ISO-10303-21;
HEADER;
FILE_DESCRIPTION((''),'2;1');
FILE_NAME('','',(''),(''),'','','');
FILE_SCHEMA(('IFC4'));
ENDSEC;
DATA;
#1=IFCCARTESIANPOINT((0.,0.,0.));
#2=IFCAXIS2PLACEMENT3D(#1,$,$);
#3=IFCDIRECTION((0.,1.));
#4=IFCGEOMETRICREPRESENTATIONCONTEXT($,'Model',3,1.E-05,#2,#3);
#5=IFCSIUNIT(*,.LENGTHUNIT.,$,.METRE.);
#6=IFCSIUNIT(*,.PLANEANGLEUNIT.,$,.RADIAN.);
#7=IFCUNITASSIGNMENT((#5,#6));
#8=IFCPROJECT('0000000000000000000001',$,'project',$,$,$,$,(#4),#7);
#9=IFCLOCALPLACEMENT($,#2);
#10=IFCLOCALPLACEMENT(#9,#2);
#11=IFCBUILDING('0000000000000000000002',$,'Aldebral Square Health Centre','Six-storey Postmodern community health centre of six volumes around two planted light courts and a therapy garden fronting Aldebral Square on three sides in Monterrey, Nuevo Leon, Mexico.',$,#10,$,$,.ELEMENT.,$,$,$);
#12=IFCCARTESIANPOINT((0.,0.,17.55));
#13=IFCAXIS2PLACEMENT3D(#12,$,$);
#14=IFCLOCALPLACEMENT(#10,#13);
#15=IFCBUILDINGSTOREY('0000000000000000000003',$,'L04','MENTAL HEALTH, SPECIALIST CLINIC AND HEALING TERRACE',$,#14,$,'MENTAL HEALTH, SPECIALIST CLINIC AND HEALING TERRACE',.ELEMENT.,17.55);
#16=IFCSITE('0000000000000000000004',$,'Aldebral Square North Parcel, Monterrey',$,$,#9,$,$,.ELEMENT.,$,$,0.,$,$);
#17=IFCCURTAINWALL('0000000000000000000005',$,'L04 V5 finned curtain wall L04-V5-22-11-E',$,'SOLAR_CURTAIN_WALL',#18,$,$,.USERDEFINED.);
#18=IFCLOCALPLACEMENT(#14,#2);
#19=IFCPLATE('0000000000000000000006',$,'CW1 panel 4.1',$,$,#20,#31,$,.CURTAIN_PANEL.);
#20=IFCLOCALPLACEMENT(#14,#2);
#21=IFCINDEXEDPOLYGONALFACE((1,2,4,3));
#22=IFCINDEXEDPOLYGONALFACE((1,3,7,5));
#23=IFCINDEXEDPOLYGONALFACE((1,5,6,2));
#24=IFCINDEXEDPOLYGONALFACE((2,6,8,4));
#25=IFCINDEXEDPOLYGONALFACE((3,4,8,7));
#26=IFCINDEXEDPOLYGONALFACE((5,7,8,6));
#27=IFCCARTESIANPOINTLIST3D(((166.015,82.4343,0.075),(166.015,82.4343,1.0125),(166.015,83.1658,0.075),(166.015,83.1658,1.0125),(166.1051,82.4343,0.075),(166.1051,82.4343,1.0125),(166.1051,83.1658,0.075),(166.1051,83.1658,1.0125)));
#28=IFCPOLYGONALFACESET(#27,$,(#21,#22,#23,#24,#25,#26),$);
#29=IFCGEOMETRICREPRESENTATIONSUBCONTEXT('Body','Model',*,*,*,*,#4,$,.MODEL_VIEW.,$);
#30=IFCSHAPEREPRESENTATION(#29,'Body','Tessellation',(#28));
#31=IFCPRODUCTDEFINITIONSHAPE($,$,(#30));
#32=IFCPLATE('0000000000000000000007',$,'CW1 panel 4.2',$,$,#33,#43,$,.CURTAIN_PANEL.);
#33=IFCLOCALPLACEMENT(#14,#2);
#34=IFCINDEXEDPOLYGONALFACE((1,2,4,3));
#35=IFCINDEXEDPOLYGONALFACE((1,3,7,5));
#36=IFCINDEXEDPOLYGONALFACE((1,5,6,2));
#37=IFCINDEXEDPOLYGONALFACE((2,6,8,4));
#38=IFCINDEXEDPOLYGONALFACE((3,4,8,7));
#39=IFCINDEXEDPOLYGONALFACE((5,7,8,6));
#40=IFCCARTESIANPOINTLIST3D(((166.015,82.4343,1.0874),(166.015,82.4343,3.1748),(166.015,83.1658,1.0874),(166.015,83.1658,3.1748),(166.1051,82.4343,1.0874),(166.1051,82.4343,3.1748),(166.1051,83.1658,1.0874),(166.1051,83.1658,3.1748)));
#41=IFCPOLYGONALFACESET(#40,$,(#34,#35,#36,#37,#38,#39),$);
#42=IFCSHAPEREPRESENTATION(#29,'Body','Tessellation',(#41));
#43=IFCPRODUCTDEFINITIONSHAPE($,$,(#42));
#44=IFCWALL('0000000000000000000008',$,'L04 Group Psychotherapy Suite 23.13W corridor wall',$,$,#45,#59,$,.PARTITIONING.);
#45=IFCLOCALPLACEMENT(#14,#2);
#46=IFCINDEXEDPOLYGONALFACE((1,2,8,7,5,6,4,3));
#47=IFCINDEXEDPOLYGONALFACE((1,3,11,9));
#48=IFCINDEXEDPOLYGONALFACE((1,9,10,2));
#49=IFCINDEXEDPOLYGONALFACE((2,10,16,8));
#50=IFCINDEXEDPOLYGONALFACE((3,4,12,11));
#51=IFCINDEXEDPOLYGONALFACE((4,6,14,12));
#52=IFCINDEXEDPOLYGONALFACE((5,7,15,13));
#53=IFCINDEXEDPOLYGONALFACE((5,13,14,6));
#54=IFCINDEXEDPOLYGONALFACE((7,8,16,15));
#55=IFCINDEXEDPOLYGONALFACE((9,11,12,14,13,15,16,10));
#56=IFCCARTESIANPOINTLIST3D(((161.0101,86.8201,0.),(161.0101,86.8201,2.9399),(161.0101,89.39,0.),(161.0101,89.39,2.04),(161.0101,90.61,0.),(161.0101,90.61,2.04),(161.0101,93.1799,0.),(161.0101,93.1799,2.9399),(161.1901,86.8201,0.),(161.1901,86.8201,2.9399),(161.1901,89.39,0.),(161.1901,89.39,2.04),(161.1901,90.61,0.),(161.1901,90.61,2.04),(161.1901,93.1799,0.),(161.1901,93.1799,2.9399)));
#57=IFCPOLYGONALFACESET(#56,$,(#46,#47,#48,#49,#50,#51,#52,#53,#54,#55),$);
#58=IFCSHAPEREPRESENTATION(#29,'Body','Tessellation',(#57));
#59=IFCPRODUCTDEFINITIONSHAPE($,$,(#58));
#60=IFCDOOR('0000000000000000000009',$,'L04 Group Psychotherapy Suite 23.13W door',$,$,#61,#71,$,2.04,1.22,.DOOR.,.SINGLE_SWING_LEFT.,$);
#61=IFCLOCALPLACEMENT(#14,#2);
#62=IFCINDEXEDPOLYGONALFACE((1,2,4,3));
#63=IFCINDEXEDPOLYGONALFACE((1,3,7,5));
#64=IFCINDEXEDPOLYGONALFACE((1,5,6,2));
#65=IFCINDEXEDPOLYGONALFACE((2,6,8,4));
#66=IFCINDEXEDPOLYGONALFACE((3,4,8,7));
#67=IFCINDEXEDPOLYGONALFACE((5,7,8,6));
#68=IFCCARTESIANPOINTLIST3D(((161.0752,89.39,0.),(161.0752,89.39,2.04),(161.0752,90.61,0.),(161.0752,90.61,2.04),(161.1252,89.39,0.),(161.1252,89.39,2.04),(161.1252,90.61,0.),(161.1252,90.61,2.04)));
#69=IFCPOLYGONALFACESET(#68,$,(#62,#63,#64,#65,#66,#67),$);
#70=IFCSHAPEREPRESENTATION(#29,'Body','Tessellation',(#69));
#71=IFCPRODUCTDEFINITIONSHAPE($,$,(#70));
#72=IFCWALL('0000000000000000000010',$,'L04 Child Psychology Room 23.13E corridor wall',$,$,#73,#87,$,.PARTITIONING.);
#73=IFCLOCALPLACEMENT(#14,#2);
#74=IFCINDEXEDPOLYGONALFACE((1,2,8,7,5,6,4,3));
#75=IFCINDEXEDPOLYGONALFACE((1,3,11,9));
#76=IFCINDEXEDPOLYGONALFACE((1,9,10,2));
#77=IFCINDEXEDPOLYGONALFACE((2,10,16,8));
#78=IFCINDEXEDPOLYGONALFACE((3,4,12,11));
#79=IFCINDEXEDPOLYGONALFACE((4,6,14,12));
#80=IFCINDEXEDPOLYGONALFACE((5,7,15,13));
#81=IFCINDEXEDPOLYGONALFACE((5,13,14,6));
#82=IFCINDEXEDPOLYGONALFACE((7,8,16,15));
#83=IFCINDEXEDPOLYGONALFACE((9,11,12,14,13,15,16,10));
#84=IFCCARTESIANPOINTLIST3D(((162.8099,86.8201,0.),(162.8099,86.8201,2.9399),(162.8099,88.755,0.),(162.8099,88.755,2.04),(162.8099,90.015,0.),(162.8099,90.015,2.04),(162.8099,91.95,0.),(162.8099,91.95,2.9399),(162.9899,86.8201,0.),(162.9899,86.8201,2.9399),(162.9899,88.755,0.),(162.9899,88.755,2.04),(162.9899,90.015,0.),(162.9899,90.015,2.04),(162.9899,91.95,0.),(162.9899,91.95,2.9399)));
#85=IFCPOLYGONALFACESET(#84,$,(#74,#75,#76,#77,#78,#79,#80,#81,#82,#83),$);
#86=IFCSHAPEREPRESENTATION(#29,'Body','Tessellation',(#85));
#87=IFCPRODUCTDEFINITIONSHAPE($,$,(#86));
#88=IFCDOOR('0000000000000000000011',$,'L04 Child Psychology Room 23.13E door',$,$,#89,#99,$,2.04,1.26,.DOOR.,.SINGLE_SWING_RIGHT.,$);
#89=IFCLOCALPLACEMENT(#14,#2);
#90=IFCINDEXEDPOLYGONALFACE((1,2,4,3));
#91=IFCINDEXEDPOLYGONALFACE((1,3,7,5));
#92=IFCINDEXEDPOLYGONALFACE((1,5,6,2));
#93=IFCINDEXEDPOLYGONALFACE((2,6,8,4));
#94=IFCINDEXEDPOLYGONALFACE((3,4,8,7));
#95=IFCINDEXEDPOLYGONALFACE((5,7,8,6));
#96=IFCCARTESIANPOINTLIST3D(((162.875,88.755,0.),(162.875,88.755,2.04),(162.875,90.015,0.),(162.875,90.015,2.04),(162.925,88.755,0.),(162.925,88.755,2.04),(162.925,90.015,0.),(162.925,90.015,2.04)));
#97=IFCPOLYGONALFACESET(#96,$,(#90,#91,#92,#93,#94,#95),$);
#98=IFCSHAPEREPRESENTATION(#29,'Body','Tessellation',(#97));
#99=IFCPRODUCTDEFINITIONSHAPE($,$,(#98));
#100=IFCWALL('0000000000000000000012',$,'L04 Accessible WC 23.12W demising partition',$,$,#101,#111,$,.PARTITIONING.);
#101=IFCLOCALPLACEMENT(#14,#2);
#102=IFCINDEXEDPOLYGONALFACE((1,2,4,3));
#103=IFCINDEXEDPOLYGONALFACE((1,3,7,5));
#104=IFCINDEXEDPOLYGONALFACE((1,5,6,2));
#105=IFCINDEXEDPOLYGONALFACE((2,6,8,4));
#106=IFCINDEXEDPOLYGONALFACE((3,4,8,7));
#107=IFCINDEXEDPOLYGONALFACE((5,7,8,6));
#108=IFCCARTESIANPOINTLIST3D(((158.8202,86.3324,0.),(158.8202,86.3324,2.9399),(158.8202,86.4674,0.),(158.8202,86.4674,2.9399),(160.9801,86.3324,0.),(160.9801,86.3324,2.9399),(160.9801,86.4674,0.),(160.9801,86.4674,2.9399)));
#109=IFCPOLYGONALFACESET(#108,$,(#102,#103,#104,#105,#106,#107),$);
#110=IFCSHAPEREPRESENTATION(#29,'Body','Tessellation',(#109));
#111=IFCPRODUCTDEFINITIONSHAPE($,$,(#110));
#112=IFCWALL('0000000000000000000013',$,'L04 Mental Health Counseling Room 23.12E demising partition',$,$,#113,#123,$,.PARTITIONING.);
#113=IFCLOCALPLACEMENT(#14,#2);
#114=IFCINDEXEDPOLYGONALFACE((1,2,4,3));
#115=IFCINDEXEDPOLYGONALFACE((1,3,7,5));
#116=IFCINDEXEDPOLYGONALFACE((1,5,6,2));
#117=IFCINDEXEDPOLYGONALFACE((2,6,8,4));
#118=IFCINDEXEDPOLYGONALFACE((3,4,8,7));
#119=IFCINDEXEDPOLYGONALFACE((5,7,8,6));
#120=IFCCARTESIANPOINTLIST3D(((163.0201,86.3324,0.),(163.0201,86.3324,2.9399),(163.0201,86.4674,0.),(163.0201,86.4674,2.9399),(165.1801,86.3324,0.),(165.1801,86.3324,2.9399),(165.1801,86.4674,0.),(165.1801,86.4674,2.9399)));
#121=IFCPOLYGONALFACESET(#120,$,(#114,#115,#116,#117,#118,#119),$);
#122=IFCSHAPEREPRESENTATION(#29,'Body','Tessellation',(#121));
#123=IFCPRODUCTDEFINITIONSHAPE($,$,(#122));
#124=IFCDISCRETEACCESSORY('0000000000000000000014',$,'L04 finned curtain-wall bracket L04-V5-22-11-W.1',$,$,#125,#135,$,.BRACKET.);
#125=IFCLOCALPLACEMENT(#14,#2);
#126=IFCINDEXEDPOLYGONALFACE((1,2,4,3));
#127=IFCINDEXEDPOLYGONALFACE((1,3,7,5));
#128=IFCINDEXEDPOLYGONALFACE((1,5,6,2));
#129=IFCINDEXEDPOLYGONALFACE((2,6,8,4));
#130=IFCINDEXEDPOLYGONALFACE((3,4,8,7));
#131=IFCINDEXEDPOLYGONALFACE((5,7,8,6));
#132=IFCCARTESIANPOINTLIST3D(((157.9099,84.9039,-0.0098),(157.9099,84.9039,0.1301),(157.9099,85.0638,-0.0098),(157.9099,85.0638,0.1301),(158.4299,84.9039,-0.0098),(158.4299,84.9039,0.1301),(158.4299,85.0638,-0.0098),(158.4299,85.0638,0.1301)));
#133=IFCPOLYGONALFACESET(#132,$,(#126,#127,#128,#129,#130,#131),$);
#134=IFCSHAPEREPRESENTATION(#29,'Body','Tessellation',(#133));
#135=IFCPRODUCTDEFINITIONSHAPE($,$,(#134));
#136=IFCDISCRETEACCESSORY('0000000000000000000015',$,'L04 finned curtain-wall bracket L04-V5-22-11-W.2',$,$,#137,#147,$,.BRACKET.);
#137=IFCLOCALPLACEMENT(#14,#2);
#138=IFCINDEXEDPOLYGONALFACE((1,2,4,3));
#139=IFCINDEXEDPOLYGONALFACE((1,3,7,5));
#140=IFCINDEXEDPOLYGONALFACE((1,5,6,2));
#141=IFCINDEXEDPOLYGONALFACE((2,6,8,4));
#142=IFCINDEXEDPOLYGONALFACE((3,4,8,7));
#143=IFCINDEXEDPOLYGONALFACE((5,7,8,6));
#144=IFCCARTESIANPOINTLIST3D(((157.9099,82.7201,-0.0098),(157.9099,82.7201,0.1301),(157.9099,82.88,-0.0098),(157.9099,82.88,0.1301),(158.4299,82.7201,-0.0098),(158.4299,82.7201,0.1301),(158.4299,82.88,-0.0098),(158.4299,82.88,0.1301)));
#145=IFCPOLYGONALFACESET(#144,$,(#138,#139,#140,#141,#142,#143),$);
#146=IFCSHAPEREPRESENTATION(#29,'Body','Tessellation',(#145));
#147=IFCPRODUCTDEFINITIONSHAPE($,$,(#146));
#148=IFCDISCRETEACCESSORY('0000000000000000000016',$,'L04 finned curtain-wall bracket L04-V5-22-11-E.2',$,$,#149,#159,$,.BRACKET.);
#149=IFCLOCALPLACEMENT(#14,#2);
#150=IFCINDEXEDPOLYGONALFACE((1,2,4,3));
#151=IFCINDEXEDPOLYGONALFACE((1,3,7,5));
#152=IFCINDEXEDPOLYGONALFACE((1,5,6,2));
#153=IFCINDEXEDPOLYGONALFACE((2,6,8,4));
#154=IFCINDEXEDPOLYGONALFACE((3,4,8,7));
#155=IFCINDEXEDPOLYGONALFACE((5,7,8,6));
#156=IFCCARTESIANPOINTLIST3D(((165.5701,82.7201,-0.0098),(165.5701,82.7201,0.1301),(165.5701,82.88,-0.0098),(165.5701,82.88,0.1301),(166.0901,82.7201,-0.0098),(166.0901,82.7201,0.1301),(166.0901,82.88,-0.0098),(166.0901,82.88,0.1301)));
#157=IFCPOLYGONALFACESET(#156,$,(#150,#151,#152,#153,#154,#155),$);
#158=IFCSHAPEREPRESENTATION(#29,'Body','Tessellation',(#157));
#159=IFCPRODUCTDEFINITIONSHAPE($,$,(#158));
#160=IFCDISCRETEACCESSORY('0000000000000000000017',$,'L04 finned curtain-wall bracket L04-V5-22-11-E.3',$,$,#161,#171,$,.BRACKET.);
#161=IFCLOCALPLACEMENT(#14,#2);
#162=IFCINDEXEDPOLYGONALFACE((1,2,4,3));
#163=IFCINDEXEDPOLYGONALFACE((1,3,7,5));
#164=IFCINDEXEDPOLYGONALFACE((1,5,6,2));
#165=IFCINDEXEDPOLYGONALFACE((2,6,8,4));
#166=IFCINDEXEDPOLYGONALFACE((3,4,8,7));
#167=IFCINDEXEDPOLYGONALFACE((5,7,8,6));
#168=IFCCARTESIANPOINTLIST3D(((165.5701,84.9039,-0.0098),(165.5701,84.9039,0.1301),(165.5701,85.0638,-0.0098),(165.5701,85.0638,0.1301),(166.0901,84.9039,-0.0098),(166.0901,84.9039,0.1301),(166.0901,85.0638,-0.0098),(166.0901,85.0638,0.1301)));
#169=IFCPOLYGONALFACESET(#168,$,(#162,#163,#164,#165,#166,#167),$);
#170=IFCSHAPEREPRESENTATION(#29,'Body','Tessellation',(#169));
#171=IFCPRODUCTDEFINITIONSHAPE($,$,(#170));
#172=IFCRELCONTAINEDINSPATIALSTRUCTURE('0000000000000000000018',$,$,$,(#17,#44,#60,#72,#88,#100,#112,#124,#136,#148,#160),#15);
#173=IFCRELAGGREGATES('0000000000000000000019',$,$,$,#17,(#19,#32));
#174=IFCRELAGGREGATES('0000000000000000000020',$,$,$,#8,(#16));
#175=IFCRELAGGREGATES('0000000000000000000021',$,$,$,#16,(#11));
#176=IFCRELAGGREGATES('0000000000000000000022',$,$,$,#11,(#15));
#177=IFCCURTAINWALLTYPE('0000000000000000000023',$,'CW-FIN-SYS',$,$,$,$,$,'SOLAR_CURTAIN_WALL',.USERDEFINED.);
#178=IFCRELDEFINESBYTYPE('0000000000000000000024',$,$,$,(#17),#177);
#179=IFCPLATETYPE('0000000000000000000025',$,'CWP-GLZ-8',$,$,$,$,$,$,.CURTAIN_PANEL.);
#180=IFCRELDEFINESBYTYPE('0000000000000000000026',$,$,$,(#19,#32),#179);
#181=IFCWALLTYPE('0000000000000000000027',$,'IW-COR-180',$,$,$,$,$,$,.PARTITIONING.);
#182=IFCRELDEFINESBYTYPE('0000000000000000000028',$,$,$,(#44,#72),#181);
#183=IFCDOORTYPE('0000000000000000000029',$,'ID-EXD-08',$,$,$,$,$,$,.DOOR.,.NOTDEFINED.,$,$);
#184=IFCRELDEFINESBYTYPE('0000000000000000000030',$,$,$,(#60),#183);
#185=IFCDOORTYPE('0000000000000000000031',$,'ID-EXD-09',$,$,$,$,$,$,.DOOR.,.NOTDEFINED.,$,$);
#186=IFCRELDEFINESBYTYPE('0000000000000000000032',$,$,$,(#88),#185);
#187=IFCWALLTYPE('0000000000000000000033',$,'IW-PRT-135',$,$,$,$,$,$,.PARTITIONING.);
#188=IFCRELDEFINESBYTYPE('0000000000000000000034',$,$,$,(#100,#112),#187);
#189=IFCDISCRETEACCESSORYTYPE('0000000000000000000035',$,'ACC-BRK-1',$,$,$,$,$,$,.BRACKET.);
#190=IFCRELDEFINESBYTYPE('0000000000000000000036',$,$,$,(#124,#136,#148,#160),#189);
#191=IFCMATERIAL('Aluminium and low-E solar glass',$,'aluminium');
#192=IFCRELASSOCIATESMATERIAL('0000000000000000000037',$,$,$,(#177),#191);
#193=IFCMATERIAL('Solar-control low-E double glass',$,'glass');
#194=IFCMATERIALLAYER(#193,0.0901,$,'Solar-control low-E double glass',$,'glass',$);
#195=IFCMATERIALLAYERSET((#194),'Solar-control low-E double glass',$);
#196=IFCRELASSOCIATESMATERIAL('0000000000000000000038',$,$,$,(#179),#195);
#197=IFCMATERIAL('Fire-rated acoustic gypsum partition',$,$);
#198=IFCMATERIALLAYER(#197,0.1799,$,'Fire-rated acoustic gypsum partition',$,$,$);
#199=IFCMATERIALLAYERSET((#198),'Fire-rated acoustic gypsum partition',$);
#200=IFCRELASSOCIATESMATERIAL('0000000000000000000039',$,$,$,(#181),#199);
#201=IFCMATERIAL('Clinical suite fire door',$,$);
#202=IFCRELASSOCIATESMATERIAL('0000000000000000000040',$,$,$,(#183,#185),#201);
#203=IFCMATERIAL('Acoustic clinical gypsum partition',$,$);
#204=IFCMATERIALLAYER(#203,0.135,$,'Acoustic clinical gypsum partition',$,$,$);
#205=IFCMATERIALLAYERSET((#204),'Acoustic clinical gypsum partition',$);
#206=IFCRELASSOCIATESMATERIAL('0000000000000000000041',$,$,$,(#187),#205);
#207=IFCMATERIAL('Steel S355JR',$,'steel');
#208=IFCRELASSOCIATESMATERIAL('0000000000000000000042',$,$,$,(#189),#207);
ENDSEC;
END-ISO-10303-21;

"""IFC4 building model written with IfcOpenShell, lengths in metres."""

from ifc_helpers import new_model, si_unit, direction, frame, frame_2d, origin, origin_2d, place, context, subcontext, project, spatial, rectangle, extrude, material, layer, layer_set, type_object, element, fill, aggregate, save


model = new_model("IFC4")

# Units and contexts
model_context = context("Model", 3, precision=1e-05, world=origin(), true_north=direction((0.0, 1.0)))
body_context = subcontext(model_context, "Body", "Model", "MODEL_VIEW")
ifc_project = project(units=[si_unit("LENGTHUNIT", "METRE"), si_unit("PLANEANGLEUNIT", "RADIAN")], contexts=[model_context])

# Site, building, storey
site_placement = place(None, origin())
site = spatial("IfcSite", under=ifc_project, at=site_placement, Name="Aldebral Square North Parcel, Monterrey", CompositionType="ELEMENT", RefElevation=0.0)
building_placement = place(site_placement, origin())
building = spatial("IfcBuilding", under=site, at=building_placement, Name="Aldebral Square Health Centre", Description="Six-storey Postmodern community health centre of six volumes around two planted light courts and a therapy garden fronting Aldebral Square on three sides in Monterrey, Nuevo Leon, Mexico.", CompositionType="ELEMENT")
storey_placement = place(building_placement, frame((0.0, 0.0, 17.55)))
storey = spatial("IfcBuildingStorey", under=building, at=storey_placement, Name="L04", Description="MENTAL HEALTH, SPECIALIST CLINIC AND HEALING TERRACE", LongName="MENTAL HEALTH, SPECIALIST CLINIC AND HEALING TERRACE", CompositionType="ELEMENT", Elevation=17.55)

# Curtain wall, plates
ifc_material_1 = material(Name="Aluminium and low-E solar glass", Category="aluminium")
curtain_wall_type = type_object("IfcCurtainWallType", Name="CW-FIN-SYS", ElementType="SOLAR_CURTAIN_WALL", PredefinedType="USERDEFINED", material=ifc_material_1)
curtain_wall_placement = place(storey_placement, origin())
curtain_wall = element("IfcCurtainWall", 1, at=curtain_wall_placement, inside=storey, type_object=curtain_wall_type, Name="L04 V5 finned curtain wall L04-V5-22-11-E", ObjectType="SOLAR_CURTAIN_WALL", PredefinedType="USERDEFINED")
ifc_material_2 = material(Name="Solar-control low-E double glass", Category="glass")
ifc_layer_1 = layer(ifc_material_2, 0.0901, Name="Solar-control low-E double glass", Category="glass")
ifc_layer_set_1 = layer_set([ifc_layer_1], Name="Solar-control low-E double glass")
plate_type = type_object("IfcPlateType", Name="CWP-GLZ-8", PredefinedType="CURTAIN_PANEL", material=ifc_layer_set_1)
plate_1_placement = place(storey_placement, frame((166.0601, 82.8, 0.075), z_axis=(0.0, 0.0, 1.0), x_axis=(0.0, 1.0, 0.0)))
plate_1 = element("IfcPlate", 2, at=plate_1_placement, type_object=plate_type, Name="CW1 panel 4.1", PredefinedType="CURTAIN_PANEL", context=body_context, shape_type="SweptSolid", body=[
    extrude(rectangle(XDim=0.7314, YDim=0.0901, at=origin_2d()), origin(), (0.0, 0.0, 1.0), 0.9375),
])
plate_2_placement = place(storey_placement, frame((166.0601, 82.8, 1.0874), z_axis=(0.0, 0.0, 1.0), x_axis=(0.0, 1.0, 0.0)))
plate_2 = element("IfcPlate", 3, at=plate_2_placement, type_object=plate_type, Name="CW1 panel 4.2", PredefinedType="CURTAIN_PANEL", context=body_context, shape_type="SweptSolid", body=[
    extrude(rectangle(XDim=0.7314, YDim=0.0901, at=origin_2d()), origin(), (0.0, 0.0, 1.0), 2.0874),
])
aggregate(curtain_wall, [plate_1, plate_2])

# Walls, openings, doors
ifc_material_3 = material(Name="Fire-rated acoustic gypsum partition")
ifc_layer_2 = layer(ifc_material_3, 0.1799, Name="Fire-rated acoustic gypsum partition")
ifc_layer_set_2 = layer_set([ifc_layer_2], Name="Fire-rated acoustic gypsum partition")
wall_type_1 = type_object("IfcWallType", Name="IW-COR-180", PredefinedType="PARTITIONING", material=ifc_layer_set_2)
wall_1_placement = place(storey_placement, frame((161.1001, 86.8201, 0.0), z_axis=(0.0, 0.0, 1.0), x_axis=(0.0, 1.0, 0.0)))
wall_1 = element("IfcWall", 4, at=wall_1_placement, inside=storey, type_object=wall_type_1, Name="L04 Group Psychotherapy Suite 23.13W corridor wall", PredefinedType="PARTITIONING", context=body_context, shape_type="SweptSolid", body=[
    extrude(rectangle(XDim=6.3599, YDim=0.1799, at=frame_2d((3.1799, 0.0))), origin(), (0.0, 0.0, 1.0), 2.9399),
])
opening_1_placement = place(wall_1_placement, frame((2.5701, 0.0, 0.0)))
opening_1 = element("IfcOpeningElement", 5, at=opening_1_placement, cuts=wall_1, PredefinedType="OPENING", context=body_context, shape_type="SweptSolid", body=[
    extrude(rectangle(XDim=1.22, YDim=2.04, at=frame_2d((0.6099, 1.02))), frame((0.0, 0.1001, 0.0), z_axis=(0.0, -1.0, 0.0), x_axis=(1.0, 0.0, 0.0)), (0.0, 0.0, 1.0), 0.2),
])
ifc_material_4 = material(Name="Clinical suite fire door")
door_type_1 = type_object("IfcDoorType", Name="ID-EXD-08", OperationType="NOTDEFINED", PredefinedType="DOOR", material=ifc_material_4)
door_1_placement = place(opening_1_placement, origin())
door_1 = element("IfcDoor", 6, at=door_1_placement, inside=storey, type_object=door_type_1, Name="L04 Group Psychotherapy Suite 23.13W door", OperationType="SINGLE_SWING_LEFT", OverallHeight=2.04, OverallWidth=1.22, PredefinedType="DOOR", context=body_context, shape_type="SweptSolid", body=[
    extrude(rectangle(XDim=1.22, YDim=2.04, at=frame_2d((0.6099, 1.02))), frame((0.0, 0.0249, 0.0), z_axis=(0.0, -1.0, 0.0), x_axis=(1.0, 0.0, 0.0)), (0.0, 0.0, 1.0), 0.05),
])
fill(opening_1, door_1)
wall_2_placement = place(storey_placement, frame((162.8999, 86.8201, 0.0), z_axis=(0.0, 0.0, 1.0), x_axis=(0.0, 1.0, 0.0)))
wall_2 = element("IfcWall", 7, at=wall_2_placement, inside=storey, type_object=wall_type_1, Name="L04 Child Psychology Room 23.13E corridor wall", PredefinedType="PARTITIONING", context=body_context, shape_type="SweptSolid", body=[
    extrude(rectangle(XDim=5.1299, YDim=0.1799, at=frame_2d((2.5649, 0.0))), origin(), (0.0, 0.0, 1.0), 2.9399),
])
opening_2_placement = place(wall_2_placement, frame((1.9351, 0.0, 0.0)))
opening_2 = element("IfcOpeningElement", 8, at=opening_2_placement, cuts=wall_2, PredefinedType="OPENING", context=body_context, shape_type="SweptSolid", body=[
    extrude(rectangle(XDim=1.26, YDim=2.04, at=frame_2d((0.6299, 1.02))), frame((0.0, 0.1001, 0.0), z_axis=(0.0, -1.0, 0.0), x_axis=(1.0, 0.0, 0.0)), (0.0, 0.0, 1.0), 0.2),
])
door_type_2 = type_object("IfcDoorType", Name="ID-EXD-09", OperationType="NOTDEFINED", PredefinedType="DOOR", material=ifc_material_4)
door_2_placement = place(opening_2_placement, origin())
door_2 = element("IfcDoor", 9, at=door_2_placement, inside=storey, type_object=door_type_2, Name="L04 Child Psychology Room 23.13E door", OperationType="SINGLE_SWING_RIGHT", OverallHeight=2.04, OverallWidth=1.26, PredefinedType="DOOR", context=body_context, shape_type="SweptSolid", body=[
    extrude(rectangle(XDim=1.26, YDim=2.04, at=frame_2d((0.6299, 1.02))), frame((0.0, 0.0249, 0.0), z_axis=(0.0, -1.0, 0.0), x_axis=(1.0, 0.0, 0.0)), (0.0, 0.0, 1.0), 0.05),
])
fill(opening_2, door_2)

# Walls
ifc_material_5 = material(Name="Acoustic clinical gypsum partition")
ifc_layer_3 = layer(ifc_material_5, 0.135, Name="Acoustic clinical gypsum partition")
ifc_layer_set_3 = layer_set([ifc_layer_3], Name="Acoustic clinical gypsum partition")
wall_type_2 = type_object("IfcWallType", Name="IW-PRT-135", PredefinedType="PARTITIONING", material=ifc_layer_set_3)
for number, where, z_axis, x_axis, name in (
    (10, (158.8201, 86.3999, 0.0), (0.0, 0.0, 1.0), (1.0, 0.0, 0.0), "L04 Accessible WC 23.12W demising partition"),
    (11, (163.02, 86.3999, 0.0), (0.0, 0.0, 1.0), (1.0, 0.0, 0.0), "L04 Mental Health Counseling Room 23.12E demising partition"),
):
    element("IfcWall", number, at=place(storey_placement, frame(where, z_axis=z_axis, x_axis=x_axis)), inside=storey, type_object=wall_type_2, Name=name, PredefinedType="PARTITIONING", context=body_context, shape_type="SweptSolid", body=[
        extrude(rectangle(XDim=2.1599, YDim=0.135, at=frame_2d((1.0801, 0.0))), origin(), (0.0, 0.0, 1.0), 2.9399),
    ])

# Discrete accessories
ifc_material_6 = material(Name="Steel S355JR", Category="steel")
discrete_accessory_type = type_object("IfcDiscreteAccessoryType", Name="ACC-BRK-1", PredefinedType="BRACKET", material=ifc_material_6)
for number, where, z_axis, x_axis, name in (
    (12, (158.1699, 84.9839, -0.0098), (0.0, 0.0, 1.0), (0.0, 1.0, 0.0), "L04 finned curtain-wall bracket L04-V5-22-11-W.1"),
    (13, (158.1699, 82.8, -0.0098), (0.0, 0.0, 1.0), (0.0, 1.0, 0.0), "L04 finned curtain-wall bracket L04-V5-22-11-W.2"),
    (14, (165.8301, 82.8, -0.0098), (0.0, 0.0, 1.0), (0.0, 1.0, 0.0), "L04 finned curtain-wall bracket L04-V5-22-11-E.2"),
    (15, (165.8301, 84.9839, -0.0098), (0.0, 0.0, 1.0), (0.0, 1.0, 0.0), "L04 finned curtain-wall bracket L04-V5-22-11-E.3"),
):
    element("IfcDiscreteAccessory", number, at=place(storey_placement, frame(where, z_axis=z_axis, x_axis=x_axis)), inside=storey, type_object=discrete_accessory_type, Name=name, PredefinedType="BRACKET", context=body_context, shape_type="SweptSolid", body=[
        extrude(rectangle(XDim=0.1599, YDim=0.52, at=origin_2d()), origin(), (0.0, 0.0, 1.0), 0.1399),
    ])

save(model, "model.ifc")
